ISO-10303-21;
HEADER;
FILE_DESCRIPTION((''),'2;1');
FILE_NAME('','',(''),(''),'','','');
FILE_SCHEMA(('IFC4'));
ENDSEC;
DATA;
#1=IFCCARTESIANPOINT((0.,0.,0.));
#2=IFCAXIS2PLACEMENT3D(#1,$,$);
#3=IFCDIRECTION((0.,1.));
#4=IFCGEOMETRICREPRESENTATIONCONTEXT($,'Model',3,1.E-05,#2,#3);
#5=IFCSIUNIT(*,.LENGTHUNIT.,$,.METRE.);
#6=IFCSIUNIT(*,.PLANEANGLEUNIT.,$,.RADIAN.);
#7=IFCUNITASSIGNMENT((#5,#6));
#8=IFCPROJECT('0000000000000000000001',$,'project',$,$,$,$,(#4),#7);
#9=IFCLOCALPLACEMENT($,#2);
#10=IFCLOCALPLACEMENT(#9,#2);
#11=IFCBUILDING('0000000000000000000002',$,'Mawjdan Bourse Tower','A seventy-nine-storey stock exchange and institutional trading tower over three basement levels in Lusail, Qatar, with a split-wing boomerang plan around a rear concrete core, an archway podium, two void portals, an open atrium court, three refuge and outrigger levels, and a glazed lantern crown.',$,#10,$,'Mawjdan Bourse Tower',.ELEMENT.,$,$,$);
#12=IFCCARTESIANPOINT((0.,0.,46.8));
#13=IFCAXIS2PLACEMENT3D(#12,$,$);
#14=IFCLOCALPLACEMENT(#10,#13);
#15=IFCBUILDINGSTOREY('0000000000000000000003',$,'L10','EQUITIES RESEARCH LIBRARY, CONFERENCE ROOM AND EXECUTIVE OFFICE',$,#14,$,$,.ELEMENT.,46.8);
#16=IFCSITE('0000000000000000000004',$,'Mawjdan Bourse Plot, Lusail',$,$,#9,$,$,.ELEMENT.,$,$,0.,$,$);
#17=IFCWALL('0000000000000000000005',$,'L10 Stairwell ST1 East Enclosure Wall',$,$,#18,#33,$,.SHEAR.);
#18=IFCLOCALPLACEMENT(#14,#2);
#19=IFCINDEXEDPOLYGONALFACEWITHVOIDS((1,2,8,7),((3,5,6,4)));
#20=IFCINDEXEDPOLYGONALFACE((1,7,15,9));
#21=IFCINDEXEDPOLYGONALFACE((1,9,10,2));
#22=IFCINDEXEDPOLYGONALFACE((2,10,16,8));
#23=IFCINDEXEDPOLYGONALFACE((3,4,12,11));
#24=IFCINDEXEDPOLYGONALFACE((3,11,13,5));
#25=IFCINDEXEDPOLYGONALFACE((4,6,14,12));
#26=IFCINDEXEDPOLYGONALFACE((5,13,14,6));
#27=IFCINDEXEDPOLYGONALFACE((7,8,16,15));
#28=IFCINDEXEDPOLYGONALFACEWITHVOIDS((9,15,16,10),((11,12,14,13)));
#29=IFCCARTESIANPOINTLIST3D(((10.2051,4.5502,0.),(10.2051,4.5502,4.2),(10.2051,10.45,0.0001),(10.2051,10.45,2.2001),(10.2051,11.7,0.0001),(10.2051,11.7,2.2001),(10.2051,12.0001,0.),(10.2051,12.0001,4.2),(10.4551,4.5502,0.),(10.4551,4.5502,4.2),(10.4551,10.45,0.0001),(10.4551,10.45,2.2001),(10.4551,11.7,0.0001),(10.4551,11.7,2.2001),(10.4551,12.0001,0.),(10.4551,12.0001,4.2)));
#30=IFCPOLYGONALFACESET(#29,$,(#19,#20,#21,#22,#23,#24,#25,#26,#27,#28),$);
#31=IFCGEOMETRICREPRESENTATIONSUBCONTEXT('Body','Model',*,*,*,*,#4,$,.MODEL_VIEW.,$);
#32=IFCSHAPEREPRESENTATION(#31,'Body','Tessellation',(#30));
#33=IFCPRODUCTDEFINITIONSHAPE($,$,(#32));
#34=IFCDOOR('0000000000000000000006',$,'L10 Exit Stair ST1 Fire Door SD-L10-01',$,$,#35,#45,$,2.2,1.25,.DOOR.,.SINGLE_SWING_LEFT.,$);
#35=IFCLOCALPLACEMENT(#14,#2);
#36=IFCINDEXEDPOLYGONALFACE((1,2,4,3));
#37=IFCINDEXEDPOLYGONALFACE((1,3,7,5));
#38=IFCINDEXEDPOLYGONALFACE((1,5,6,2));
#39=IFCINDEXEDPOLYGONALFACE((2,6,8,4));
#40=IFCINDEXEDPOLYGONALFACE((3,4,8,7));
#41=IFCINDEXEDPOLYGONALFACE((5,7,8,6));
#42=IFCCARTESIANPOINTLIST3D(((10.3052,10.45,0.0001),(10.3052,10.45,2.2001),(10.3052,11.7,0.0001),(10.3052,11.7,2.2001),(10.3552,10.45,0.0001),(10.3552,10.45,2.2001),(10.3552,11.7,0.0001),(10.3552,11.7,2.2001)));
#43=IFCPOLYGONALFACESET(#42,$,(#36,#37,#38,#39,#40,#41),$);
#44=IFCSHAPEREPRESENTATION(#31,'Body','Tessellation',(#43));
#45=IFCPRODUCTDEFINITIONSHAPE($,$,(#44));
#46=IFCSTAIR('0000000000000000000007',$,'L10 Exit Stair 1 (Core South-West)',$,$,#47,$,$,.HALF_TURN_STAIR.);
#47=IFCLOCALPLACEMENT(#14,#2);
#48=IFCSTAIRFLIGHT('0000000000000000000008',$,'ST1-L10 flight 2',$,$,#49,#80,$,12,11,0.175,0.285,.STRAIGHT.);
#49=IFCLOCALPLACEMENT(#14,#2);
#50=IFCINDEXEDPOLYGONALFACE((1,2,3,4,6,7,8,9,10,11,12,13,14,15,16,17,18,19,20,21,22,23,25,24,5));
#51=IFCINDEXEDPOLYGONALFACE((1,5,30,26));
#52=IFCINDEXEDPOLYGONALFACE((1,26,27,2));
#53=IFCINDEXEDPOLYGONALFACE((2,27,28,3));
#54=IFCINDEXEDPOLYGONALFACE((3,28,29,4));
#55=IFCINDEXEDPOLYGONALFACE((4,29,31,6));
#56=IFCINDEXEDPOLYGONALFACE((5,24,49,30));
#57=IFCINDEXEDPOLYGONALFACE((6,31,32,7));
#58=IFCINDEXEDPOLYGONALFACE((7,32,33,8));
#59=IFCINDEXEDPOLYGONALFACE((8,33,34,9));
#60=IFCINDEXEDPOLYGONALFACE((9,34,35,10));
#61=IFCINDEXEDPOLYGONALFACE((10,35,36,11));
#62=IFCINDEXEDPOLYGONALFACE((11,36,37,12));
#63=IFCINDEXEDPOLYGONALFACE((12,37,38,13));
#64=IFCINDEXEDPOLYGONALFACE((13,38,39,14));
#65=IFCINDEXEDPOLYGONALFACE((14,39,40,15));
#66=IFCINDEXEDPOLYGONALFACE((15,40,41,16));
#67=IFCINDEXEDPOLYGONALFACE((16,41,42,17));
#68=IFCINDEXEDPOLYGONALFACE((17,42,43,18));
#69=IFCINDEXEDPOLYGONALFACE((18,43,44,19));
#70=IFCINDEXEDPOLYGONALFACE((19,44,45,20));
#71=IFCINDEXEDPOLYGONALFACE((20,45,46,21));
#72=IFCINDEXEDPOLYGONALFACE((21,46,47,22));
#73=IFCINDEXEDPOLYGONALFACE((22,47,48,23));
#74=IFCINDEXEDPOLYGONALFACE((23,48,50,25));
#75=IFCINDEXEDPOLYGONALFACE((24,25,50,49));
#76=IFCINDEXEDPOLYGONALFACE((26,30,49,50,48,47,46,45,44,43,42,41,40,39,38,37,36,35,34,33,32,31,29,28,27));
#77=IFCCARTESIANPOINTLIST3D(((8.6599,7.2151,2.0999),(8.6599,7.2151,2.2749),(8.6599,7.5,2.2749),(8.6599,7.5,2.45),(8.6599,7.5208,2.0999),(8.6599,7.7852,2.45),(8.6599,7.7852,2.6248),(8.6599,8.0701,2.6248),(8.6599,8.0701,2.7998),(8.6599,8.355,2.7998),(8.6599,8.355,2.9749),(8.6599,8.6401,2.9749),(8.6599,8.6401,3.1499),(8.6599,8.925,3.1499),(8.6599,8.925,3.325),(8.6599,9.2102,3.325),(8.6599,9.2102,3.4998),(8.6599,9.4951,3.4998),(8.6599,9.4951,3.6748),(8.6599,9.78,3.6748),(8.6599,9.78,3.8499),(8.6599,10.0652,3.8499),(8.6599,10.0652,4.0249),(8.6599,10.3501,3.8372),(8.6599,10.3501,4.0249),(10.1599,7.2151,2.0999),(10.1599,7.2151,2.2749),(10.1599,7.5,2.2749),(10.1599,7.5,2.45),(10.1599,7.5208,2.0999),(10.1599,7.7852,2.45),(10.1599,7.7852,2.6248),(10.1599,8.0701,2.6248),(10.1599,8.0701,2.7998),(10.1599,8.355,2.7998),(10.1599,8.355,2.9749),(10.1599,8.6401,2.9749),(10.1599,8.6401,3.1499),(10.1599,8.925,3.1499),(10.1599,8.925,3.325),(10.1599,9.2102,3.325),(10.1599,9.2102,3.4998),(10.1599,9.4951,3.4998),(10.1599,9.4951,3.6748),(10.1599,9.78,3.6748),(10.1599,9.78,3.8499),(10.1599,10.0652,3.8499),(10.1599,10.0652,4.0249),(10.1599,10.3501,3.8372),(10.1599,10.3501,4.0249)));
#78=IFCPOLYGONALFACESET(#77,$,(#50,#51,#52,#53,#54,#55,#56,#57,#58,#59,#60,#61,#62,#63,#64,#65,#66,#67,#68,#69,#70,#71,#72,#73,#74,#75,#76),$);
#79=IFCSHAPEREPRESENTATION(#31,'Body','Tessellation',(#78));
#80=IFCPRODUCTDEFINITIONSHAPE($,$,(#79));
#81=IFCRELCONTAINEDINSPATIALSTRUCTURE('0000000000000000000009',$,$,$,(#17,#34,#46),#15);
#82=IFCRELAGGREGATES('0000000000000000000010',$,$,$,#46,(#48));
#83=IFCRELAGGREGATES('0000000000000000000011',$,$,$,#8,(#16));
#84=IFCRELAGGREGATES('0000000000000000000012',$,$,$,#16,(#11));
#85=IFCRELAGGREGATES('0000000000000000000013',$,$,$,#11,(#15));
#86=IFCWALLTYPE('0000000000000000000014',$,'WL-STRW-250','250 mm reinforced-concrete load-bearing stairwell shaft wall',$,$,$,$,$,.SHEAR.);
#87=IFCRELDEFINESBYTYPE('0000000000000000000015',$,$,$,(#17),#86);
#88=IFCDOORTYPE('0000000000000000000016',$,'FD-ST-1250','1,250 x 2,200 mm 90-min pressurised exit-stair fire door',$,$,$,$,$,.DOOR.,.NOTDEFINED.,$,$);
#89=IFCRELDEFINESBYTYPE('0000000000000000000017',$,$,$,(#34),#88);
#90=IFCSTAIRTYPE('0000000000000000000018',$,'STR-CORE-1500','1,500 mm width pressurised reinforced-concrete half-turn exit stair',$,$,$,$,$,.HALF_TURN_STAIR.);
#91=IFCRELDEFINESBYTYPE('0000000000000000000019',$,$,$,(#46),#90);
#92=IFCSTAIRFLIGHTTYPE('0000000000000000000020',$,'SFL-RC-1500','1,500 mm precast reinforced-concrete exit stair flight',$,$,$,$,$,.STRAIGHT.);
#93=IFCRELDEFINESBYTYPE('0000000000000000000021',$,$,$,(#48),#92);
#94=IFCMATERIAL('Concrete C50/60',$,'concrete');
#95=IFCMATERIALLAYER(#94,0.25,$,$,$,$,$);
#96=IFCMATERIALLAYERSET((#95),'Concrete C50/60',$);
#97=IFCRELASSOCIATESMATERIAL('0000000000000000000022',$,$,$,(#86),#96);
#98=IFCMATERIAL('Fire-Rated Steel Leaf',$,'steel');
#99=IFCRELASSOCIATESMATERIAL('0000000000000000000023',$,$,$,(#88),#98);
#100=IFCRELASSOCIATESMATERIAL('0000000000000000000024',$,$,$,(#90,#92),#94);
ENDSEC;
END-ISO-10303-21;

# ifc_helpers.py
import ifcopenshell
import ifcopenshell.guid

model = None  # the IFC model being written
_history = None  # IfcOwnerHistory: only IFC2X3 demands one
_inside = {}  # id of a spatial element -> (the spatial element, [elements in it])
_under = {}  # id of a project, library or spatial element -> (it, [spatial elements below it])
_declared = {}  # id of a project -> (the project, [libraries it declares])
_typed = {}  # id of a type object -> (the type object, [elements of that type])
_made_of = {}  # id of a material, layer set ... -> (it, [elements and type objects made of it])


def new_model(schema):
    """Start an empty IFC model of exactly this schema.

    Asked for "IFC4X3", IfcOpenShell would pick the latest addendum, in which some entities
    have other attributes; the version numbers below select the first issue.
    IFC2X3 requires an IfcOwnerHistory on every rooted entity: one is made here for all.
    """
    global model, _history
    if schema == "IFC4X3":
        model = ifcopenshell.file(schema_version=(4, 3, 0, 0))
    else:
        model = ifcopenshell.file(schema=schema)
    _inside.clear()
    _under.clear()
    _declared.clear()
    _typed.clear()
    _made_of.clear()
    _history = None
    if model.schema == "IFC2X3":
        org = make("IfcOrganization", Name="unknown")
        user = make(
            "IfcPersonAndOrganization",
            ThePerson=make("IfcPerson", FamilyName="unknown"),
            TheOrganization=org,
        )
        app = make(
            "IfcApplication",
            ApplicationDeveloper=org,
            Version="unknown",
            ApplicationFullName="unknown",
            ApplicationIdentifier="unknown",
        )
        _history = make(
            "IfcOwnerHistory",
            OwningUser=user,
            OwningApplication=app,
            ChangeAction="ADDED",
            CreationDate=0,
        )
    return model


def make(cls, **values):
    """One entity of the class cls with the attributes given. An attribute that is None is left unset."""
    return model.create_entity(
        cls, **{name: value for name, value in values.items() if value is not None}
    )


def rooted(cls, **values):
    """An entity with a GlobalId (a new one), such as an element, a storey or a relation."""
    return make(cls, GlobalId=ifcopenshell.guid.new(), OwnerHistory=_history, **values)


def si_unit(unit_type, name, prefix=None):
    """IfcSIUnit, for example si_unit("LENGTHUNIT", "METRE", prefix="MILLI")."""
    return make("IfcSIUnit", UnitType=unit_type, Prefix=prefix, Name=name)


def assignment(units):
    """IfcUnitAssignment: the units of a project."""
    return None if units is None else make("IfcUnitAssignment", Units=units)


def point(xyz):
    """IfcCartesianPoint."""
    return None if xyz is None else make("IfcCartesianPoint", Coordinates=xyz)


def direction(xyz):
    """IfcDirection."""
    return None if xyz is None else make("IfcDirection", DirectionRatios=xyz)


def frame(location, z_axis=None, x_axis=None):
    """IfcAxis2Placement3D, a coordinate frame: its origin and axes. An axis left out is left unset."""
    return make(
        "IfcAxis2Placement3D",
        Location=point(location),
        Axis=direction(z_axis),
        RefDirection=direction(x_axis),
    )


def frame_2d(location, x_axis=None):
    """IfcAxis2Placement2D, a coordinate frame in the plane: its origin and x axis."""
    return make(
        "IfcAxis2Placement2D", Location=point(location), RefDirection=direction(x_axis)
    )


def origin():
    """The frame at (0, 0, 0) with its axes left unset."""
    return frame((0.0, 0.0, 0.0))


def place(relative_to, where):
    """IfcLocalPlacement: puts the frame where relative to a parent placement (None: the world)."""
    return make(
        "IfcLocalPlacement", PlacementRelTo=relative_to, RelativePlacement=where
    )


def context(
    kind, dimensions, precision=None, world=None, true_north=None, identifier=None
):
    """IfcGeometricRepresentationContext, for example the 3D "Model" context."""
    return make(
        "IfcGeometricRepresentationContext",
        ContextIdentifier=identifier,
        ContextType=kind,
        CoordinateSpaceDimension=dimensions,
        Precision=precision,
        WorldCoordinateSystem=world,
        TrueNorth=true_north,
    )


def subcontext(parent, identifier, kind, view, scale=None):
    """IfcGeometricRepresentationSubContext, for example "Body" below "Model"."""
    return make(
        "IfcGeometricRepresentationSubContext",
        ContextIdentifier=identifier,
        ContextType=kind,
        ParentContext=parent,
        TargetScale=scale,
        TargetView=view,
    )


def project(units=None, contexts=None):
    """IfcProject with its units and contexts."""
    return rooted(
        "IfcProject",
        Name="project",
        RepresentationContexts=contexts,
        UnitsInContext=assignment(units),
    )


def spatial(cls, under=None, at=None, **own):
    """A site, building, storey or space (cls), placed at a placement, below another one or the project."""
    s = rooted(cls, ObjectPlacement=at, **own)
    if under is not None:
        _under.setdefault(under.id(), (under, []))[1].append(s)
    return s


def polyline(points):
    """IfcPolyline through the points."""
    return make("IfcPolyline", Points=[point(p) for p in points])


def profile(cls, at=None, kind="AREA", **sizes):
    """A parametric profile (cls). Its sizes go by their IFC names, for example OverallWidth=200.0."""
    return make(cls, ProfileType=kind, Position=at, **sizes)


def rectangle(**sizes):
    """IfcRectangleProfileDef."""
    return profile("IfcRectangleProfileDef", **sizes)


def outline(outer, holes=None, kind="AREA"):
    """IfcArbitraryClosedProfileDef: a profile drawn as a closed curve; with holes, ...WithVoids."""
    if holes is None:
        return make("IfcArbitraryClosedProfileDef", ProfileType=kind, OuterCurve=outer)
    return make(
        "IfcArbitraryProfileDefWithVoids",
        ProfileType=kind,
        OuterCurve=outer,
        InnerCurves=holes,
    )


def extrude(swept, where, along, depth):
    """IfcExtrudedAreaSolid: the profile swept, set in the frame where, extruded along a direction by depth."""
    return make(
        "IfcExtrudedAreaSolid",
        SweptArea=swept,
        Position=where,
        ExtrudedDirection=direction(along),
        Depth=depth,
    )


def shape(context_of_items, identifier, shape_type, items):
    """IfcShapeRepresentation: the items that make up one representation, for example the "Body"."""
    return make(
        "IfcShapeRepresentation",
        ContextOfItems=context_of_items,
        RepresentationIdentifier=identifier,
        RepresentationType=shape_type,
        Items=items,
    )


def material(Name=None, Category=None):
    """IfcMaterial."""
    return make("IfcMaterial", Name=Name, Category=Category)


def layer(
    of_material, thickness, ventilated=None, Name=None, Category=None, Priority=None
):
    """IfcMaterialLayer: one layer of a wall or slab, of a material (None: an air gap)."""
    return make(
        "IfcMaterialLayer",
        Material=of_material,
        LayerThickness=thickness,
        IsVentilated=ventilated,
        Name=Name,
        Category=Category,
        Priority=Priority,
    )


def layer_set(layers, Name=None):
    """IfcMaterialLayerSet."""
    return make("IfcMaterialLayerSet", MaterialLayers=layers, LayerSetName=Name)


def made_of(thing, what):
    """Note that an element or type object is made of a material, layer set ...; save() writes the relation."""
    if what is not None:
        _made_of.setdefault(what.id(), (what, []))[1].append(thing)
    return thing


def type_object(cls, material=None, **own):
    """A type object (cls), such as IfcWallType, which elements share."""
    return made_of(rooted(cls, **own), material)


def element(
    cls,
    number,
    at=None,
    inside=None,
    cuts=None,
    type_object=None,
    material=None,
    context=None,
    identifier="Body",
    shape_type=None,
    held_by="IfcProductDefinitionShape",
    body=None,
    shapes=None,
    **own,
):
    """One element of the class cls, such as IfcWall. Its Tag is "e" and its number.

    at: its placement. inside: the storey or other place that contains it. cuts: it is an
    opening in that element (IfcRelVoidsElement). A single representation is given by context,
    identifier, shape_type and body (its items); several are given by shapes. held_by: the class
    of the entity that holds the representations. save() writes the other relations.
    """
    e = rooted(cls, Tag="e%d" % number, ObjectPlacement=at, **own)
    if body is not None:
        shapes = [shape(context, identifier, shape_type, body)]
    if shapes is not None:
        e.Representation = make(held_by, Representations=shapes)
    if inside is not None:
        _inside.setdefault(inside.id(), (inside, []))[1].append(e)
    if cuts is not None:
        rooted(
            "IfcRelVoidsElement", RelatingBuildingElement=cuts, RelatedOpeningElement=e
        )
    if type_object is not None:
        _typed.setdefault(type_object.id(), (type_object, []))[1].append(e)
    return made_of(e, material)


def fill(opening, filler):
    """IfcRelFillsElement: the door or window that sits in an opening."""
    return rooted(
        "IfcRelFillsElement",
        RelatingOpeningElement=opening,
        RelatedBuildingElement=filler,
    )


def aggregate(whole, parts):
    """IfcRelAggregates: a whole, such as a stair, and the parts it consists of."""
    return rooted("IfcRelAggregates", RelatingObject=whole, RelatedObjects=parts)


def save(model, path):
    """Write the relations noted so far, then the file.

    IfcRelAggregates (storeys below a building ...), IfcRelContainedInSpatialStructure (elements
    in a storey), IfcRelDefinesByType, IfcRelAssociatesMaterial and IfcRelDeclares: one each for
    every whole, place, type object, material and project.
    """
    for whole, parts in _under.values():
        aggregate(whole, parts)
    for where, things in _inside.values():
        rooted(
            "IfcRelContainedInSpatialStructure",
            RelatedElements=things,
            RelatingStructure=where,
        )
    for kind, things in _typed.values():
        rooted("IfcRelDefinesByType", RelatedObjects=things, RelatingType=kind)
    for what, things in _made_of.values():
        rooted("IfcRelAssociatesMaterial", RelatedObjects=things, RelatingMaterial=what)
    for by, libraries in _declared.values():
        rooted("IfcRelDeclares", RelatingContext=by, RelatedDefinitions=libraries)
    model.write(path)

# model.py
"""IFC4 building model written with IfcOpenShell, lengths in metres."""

from ifc_helpers import new_model, si_unit, direction, frame, frame_2d, origin, place, context, subcontext, project, spatial, polyline, rectangle, outline, extrude, material, layer, layer_set, type_object, element, fill, aggregate, save


model = new_model("IFC4")

# Units and contexts
model_context = context("Model", 3, precision=1e-05, world=origin(), true_north=direction((0.0, 1.0)))
body_context = subcontext(model_context, "Body", "Model", "MODEL_VIEW")
ifc_project = project(units=[si_unit("LENGTHUNIT", "METRE"), si_unit("PLANEANGLEUNIT", "RADIAN")], contexts=[model_context])

# Site, building, storey
site_placement = place(None, origin())
site = spatial("IfcSite", under=ifc_project, at=site_placement, Name="Mawjdan Bourse Plot, Lusail", CompositionType="ELEMENT", RefElevation=0.0)
building_placement = place(site_placement, origin())
building = spatial("IfcBuilding", under=site, at=building_placement, Name="Mawjdan Bourse Tower", Description="A seventy-nine-storey stock exchange and institutional trading tower over three basement levels in Lusail, Qatar, with a split-wing boomerang plan around a rear concrete core, an archway podium, two void portals, an open atrium court, three refuge and outrigger levels, and a glazed lantern crown.", LongName="Mawjdan Bourse Tower", CompositionType="ELEMENT")
storey_placement = place(building_placement, frame((0.0, 0.0, 46.8)))
storey = spatial("IfcBuildingStorey", under=building, at=storey_placement, Name="L10", Description="EQUITIES RESEARCH LIBRARY, CONFERENCE ROOM AND EXECUTIVE OFFICE", CompositionType="ELEMENT", Elevation=46.8)

# Shared definitions
ifc_material_1 = material(Name="Concrete C50/60", Category="concrete")

# Shared definitions
ifc_material_2 = material(Name="Fire-Rated Steel Leaf", Category="steel")

# Wall, opening, door
ifc_layer_1 = layer(ifc_material_1, 0.25)
ifc_layer_set_1 = layer_set([ifc_layer_1], Name="Concrete C50/60")
wall_type_1 = type_object("IfcWallType", Name="WL-STRW-250", Description="250 mm reinforced-concrete load-bearing stairwell shaft wall", PredefinedType="SHEAR", material=ifc_layer_set_1)
wall_1_placement = place(storey_placement, frame((10.3301, 4.55, 0.0), z_axis=(0.0, 0.0, 1.0), x_axis=(0.0, 1.0, 0.0)))
wall_1 = element("IfcWall", 1, at=wall_1_placement, inside=storey, type_object=wall_type_1, Name="L10 Stairwell ST1 East Enclosure Wall", PredefinedType="SHEAR", context=body_context, shape_type="SweptSolid", body=[
    extrude(rectangle(XDim=7.45, YDim=0.25, at=frame_2d((3.7251, 0.0))), origin(), (0.0, 0.0, 1.0), 4.2),
])
opening_1_placement = place(wall_1_placement, frame((5.8999, 0.0, 0.0)))
opening_1 = element("IfcOpeningElement", 2, at=opening_1_placement, cuts=wall_1, PredefinedType="OPENING", context=body_context, shape_type="SweptSolid", body=[
    extrude(rectangle(XDim=1.25, YDim=2.2, at=frame_2d((0.625, 1.1001))), frame((0.0, 0.135, 0.0), z_axis=(0.0, -1.0, 0.0), x_axis=(1.0, 0.0, 0.0)), (0.0, 0.0, 1.0), 0.27),
])
door_type_1 = type_object("IfcDoorType", Name="FD-ST-1250", Description="1,250 x 2,200 mm 90-min pressurised exit-stair fire door", OperationType="NOTDEFINED", PredefinedType="DOOR", material=ifc_material_2)
door_1_placement = place(opening_1_placement, origin())
door_1 = element("IfcDoor", 3, at=door_1_placement, inside=storey, type_object=door_type_1, Name="L10 Exit Stair ST1 Fire Door SD-L10-01", OperationType="SINGLE_SWING_LEFT", OverallHeight=2.2, OverallWidth=1.25, PredefinedType="DOOR", context=body_context, shape_type="SweptSolid", body=[
    extrude(rectangle(XDim=1.25, YDim=2.2, at=frame_2d((0.625, 1.1001))), frame((0.0, 0.0249, 0.0), z_axis=(0.0, -1.0, 0.0), x_axis=(1.0, 0.0, 0.0)), (0.0, 0.0, 1.0), 0.05),
])
fill(opening_1, door_1)

# Stair, stair flight
stair_type = type_object("IfcStairType", Name="STR-CORE-1500", Description="1,500 mm width pressurised reinforced-concrete half-turn exit stair", PredefinedType="HALF_TURN_STAIR", material=ifc_material_1)
stair_placement = place(storey_placement, origin())
stair = element("IfcStair", 4, at=stair_placement, inside=storey, type_object=stair_type, Name="L10 Exit Stair 1 (Core South-West)", PredefinedType="HALF_TURN_STAIR")
stair_flight_type = type_object("IfcStairFlightType", Name="SFL-RC-1500", Description="1,500 mm precast reinforced-concrete exit stair flight", PredefinedType="STRAIGHT", material=ifc_material_1)
stair_flight_placement = place(storey_placement, frame((9.4099, 7.2151, 2.0999), z_axis=(0.0, 0.0, 1.0), x_axis=(0.0, 1.0, 0.0)))
stair_flight = element("IfcStairFlight", 5, at=stair_flight_placement, type_object=stair_flight_type, Name="ST1-L10 flight 2", NumberOfRisers=12, NumberOfTreads=11, PredefinedType="STRAIGHT", RiserHeight=0.175, TreadLength=0.285, context=body_context, shape_type="SweptSolid", body=[
    extrude(outline(polyline([(0.0, 0.0), (0.0, 0.175), (0.2849, 0.175), (0.2849, 0.3501), (0.5701, 0.3501), (0.5701, 0.5249), (0.855, 0.5249), (0.855, 0.7), (1.1399, 0.7), (1.1399, 0.875), (1.425, 0.875), (1.425, 1.05), (1.71, 1.05), (1.71, 1.2251), (1.9951, 1.2251), (1.9951, 1.3999), (2.28, 1.3999), (2.28, 1.575), (2.5649, 1.575), (2.5649, 1.75), (2.8501, 1.75), (2.8501, 1.925), (3.135, 1.925), (3.135, 2.1001), (3.135, 1.7373), (0.3057, 0.0), (0.0, 0.0)])), frame((0.0, 0.75, 0.0), z_axis=(0.0, -1.0, 0.0), x_axis=(1.0, 0.0, 0.0)), (0.0, 0.0, 1.0), 1.5),
])
aggregate(stair, [stair_flight])

save(model, "model.ifc")
